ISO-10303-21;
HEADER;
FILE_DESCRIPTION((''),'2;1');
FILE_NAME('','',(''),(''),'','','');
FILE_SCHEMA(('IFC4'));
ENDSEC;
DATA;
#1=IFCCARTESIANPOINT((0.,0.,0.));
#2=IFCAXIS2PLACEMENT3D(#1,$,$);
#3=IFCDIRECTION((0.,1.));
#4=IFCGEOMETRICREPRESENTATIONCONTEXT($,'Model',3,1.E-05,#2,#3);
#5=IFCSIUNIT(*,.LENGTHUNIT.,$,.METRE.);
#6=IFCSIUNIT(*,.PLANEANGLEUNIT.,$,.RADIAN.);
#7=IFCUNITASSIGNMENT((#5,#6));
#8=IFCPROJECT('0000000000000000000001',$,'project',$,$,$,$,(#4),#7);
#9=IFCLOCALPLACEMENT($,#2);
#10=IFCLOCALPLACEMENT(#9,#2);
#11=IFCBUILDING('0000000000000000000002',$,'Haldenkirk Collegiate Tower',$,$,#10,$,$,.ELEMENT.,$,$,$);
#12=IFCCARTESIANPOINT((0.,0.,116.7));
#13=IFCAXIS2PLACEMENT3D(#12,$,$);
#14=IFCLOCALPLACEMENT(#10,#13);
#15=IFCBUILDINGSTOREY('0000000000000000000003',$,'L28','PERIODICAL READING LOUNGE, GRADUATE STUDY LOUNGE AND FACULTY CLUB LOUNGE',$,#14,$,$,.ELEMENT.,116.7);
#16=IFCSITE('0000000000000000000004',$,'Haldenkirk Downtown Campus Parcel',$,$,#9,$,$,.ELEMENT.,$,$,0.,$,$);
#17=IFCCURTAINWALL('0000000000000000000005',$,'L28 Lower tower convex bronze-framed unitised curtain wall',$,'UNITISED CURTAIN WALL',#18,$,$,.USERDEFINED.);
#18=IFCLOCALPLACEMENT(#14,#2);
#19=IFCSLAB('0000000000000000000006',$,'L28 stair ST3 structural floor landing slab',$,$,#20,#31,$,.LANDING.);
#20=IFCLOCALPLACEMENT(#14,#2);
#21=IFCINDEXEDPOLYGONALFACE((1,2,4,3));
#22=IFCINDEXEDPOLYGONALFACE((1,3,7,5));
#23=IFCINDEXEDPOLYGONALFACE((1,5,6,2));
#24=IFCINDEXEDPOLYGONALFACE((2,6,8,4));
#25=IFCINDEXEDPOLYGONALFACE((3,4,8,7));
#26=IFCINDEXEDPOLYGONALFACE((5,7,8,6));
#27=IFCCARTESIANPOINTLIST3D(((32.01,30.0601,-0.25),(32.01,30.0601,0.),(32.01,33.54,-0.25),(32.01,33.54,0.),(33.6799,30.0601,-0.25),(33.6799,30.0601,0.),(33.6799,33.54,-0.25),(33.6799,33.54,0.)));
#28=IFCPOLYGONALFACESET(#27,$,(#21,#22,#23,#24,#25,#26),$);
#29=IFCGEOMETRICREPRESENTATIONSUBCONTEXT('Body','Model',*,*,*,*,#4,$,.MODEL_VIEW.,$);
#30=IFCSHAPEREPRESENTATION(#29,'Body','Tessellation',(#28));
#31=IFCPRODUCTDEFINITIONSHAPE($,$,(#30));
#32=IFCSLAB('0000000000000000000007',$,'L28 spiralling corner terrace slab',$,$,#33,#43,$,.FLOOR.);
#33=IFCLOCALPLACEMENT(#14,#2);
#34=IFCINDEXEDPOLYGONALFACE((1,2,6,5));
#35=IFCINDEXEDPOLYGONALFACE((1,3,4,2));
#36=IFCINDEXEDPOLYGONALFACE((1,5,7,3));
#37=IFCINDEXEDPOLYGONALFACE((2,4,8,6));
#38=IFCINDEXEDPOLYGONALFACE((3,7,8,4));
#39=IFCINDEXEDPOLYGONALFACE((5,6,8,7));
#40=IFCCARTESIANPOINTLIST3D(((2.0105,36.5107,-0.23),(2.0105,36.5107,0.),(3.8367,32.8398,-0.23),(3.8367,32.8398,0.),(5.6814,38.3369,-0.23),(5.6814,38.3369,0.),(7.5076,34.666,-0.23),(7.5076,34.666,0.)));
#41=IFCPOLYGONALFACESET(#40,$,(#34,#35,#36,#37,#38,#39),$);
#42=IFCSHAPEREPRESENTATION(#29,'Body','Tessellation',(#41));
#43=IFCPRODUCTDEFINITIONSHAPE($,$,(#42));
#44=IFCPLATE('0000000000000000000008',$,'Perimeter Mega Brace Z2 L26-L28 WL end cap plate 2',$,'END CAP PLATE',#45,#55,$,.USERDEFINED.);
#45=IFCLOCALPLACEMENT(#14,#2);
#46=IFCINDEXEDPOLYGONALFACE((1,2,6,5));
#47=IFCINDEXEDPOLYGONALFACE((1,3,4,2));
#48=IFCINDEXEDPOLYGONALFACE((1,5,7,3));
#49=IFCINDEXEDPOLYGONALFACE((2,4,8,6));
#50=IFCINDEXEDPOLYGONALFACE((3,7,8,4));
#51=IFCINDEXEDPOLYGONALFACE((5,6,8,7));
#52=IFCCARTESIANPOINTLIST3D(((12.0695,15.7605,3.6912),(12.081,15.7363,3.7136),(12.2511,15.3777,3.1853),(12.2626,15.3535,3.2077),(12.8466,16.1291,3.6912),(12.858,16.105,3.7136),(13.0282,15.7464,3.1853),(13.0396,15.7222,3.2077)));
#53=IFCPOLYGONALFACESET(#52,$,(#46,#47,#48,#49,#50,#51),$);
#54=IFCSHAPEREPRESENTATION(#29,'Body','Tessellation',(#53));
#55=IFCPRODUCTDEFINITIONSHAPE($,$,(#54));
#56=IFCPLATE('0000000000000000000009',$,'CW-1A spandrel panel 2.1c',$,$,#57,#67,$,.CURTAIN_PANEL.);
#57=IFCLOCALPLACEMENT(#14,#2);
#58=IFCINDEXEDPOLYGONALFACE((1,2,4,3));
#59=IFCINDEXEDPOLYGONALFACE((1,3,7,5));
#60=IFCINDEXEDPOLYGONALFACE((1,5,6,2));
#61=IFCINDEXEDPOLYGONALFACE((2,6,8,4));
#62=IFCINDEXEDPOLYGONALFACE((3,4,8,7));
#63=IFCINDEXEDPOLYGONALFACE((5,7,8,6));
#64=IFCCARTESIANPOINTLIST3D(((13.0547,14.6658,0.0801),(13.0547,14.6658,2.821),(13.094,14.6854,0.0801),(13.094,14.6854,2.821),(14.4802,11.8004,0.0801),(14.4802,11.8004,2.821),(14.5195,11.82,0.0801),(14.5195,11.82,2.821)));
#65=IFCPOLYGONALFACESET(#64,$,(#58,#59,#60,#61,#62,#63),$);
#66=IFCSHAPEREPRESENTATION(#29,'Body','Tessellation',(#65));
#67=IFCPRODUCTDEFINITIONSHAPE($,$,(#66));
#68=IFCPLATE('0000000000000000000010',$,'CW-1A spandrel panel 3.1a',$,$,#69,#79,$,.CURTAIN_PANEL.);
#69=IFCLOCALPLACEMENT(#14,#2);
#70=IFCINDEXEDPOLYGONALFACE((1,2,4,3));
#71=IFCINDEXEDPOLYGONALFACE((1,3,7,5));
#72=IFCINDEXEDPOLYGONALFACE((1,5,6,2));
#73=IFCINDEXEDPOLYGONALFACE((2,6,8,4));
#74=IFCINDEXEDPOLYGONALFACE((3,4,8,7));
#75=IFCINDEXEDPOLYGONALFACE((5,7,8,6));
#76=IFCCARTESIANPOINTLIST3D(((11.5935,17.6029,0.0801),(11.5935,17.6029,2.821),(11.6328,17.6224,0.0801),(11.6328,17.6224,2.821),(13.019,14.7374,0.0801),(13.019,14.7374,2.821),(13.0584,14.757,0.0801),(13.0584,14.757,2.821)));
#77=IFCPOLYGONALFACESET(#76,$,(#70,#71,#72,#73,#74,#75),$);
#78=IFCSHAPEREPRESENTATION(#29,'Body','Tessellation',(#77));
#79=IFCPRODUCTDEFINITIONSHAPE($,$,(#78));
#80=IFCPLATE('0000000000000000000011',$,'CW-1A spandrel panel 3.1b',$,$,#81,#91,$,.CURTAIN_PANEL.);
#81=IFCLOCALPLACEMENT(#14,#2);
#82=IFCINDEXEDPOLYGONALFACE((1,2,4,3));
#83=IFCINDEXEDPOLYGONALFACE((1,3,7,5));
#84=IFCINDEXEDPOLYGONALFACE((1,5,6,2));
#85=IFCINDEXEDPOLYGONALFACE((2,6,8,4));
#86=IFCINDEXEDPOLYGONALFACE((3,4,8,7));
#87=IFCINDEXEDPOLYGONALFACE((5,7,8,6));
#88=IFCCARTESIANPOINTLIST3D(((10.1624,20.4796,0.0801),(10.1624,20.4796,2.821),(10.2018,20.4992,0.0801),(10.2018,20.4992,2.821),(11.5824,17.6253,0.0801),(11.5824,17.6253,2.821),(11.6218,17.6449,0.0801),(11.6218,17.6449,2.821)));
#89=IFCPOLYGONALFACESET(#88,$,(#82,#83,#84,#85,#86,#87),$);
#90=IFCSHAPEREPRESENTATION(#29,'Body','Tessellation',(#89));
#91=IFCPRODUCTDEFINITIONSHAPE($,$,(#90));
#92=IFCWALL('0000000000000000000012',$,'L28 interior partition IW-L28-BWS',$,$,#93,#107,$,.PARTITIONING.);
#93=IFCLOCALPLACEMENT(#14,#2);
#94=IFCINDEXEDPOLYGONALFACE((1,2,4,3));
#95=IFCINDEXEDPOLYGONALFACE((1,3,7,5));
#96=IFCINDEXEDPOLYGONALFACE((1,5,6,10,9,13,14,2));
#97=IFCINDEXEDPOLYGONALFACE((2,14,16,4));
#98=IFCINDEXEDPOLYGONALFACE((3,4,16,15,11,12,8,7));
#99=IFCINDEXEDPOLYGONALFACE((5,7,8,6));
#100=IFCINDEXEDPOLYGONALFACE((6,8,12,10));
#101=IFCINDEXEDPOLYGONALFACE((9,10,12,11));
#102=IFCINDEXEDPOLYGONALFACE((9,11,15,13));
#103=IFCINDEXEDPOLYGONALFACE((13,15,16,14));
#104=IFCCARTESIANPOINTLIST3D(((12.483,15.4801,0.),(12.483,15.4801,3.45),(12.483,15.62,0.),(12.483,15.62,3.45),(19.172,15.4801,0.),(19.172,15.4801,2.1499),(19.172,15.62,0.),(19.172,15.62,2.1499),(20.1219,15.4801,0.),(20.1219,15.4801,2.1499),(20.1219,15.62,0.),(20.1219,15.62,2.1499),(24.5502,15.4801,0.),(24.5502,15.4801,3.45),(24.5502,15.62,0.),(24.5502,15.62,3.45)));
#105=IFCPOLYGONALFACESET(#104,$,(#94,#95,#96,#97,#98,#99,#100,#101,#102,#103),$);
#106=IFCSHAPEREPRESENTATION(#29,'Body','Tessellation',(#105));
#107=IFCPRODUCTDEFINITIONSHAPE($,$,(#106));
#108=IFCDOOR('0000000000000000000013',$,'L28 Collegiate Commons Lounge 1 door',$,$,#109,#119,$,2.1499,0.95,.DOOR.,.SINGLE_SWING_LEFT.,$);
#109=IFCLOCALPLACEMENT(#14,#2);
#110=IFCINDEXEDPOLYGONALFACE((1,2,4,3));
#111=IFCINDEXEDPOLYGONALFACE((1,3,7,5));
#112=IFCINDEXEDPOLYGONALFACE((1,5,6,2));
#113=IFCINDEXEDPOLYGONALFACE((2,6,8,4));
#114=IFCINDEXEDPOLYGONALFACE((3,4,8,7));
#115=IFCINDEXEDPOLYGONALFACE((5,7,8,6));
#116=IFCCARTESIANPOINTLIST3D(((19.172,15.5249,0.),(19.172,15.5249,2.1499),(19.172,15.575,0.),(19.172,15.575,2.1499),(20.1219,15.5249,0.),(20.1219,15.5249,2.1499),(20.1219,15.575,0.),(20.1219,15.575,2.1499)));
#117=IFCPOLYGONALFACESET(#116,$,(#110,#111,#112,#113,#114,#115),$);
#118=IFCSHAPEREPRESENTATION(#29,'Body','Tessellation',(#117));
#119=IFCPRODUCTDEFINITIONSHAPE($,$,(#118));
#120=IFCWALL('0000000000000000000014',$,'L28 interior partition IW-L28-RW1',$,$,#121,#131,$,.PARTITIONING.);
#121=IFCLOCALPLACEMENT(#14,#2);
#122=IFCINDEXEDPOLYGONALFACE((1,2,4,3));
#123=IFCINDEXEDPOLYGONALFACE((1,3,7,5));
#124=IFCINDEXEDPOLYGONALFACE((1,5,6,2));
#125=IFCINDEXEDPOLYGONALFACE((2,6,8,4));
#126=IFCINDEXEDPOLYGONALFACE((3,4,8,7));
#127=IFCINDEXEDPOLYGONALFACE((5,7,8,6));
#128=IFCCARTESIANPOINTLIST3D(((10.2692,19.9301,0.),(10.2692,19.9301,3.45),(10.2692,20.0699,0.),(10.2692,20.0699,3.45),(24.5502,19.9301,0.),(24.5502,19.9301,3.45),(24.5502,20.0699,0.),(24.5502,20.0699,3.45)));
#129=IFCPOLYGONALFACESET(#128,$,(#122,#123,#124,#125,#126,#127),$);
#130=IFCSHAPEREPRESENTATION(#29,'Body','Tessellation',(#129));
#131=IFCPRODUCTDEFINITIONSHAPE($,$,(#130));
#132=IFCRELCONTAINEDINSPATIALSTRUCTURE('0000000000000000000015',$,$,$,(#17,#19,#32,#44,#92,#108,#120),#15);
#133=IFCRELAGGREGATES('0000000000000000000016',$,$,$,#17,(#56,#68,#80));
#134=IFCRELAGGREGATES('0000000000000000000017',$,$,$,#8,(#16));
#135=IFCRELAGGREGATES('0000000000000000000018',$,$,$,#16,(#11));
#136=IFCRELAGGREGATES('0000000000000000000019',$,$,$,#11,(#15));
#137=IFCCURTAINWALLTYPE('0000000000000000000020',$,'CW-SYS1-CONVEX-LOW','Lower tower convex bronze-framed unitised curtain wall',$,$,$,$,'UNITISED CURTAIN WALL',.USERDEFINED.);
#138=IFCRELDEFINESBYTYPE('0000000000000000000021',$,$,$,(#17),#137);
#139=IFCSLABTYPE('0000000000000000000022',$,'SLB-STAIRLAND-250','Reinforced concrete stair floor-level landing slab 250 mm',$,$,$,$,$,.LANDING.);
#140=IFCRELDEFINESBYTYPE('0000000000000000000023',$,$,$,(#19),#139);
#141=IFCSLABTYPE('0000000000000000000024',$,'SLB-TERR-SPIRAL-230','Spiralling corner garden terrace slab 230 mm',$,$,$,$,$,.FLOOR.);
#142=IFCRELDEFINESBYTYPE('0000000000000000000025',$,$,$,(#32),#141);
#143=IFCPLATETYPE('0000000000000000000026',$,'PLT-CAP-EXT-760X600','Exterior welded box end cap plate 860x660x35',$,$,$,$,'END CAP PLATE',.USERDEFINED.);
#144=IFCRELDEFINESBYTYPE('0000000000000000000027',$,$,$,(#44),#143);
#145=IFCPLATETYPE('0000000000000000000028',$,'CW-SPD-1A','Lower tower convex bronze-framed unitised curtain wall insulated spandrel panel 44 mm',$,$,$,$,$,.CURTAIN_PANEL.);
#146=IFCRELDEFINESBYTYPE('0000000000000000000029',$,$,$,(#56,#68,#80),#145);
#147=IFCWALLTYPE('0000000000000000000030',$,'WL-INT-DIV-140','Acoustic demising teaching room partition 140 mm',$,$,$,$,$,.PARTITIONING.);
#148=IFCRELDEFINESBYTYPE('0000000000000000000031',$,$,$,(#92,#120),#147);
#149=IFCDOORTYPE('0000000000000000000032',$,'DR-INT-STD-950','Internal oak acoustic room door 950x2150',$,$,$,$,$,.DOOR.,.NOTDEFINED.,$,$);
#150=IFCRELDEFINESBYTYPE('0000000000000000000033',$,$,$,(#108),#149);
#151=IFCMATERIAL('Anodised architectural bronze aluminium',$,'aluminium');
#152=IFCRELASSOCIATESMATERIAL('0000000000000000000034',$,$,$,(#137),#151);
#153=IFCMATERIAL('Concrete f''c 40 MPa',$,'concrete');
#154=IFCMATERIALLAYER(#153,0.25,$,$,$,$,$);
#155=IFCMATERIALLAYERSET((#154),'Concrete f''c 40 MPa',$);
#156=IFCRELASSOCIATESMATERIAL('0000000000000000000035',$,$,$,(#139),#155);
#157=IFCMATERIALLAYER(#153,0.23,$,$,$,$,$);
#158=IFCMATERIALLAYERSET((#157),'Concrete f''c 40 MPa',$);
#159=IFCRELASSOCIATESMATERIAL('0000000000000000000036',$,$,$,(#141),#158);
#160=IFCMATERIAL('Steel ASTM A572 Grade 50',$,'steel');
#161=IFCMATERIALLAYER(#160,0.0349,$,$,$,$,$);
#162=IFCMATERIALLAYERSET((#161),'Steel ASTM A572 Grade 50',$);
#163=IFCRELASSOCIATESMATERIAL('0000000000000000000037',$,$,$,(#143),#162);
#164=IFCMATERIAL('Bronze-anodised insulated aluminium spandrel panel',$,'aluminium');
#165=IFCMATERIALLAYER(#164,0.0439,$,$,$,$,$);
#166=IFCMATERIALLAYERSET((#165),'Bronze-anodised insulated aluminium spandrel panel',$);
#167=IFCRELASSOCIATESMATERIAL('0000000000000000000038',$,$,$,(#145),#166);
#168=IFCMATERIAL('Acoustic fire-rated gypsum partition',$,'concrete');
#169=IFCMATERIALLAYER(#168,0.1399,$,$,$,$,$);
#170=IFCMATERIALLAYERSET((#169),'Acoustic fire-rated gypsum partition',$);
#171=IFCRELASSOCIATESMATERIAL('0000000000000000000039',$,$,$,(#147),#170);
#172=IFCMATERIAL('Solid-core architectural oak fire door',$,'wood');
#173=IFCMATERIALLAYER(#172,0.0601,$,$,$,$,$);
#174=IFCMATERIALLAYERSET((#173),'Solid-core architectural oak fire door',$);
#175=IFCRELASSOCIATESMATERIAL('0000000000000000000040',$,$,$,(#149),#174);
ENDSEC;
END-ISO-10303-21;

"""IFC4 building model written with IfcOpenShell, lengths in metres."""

from ifc_helpers import new_model, si_unit, direction, frame, frame_2d, origin, origin_2d, place, context, subcontext, project, spatial, polyline, rectangle, outline, extrude, source, transform, mapped, material, layer, layer_set, type_object, element, fill, aggregate, save


model = new_model("IFC4")

# Units and contexts
model_context = context("Model", 3, precision=1e-05, world=origin(), true_north=direction((0.0, 1.0)))
body_context = subcontext(model_context, "Body", "Model", "MODEL_VIEW")
ifc_project = project(units=[si_unit("LENGTHUNIT", "METRE"), si_unit("PLANEANGLEUNIT", "RADIAN")], contexts=[model_context])

# Site, building, storey
site_placement = place(None, origin())
site = spatial("IfcSite", under=ifc_project, at=site_placement, Name="Haldenkirk Downtown Campus Parcel", CompositionType="ELEMENT", RefElevation=0.0)
building_placement = place(site_placement, origin())
building = spatial("IfcBuilding", under=site, at=building_placement, Name="Haldenkirk Collegiate Tower", CompositionType="ELEMENT")
storey_placement = place(building_placement, frame((0.0, 0.0, 116.7)))
storey = spatial("IfcBuildingStorey", under=building, at=storey_placement, Name="L28", Description="PERIODICAL READING LOUNGE, GRADUATE STUDY LOUNGE AND FACULTY CLUB LOUNGE", CompositionType="ELEMENT", Elevation=116.7)

# Curtain wall
ifc_material_1 = material(Name="Anodised architectural bronze aluminium", Category="aluminium")
curtain_wall_type = type_object("IfcCurtainWallType", Name="CW-SYS1-CONVEX-LOW", Description="Lower tower convex bronze-framed unitised curtain wall", ElementType="UNITISED CURTAIN WALL", PredefinedType="USERDEFINED", material=ifc_material_1)
curtain_wall_placement = place(storey_placement, origin())
curtain_wall = element("IfcCurtainWall", 1, at=curtain_wall_placement, inside=storey, type_object=curtain_wall_type, Name="L28 Lower tower convex bronze-framed unitised curtain wall", ObjectType="UNITISED CURTAIN WALL", PredefinedType="USERDEFINED")

# Shared definitions
ifc_material_2 = material(Name="Concrete f'c 40 MPa", Category="concrete")

# Slabs
ifc_layer_1 = layer(ifc_material_2, 0.25)
ifc_layer_set_1 = layer_set([ifc_layer_1], Name="Concrete f'c 40 MPa")
slab_type_1 = type_object("IfcSlabType", Name="SLB-STAIRLAND-250", Description="Reinforced concrete stair floor-level landing slab 250 mm", PredefinedType="LANDING", material=ifc_layer_set_1)
slab_1_placement = place(storey_placement, frame((0.0, 0.0, -0.25)))
element("IfcSlab", 2, at=slab_1_placement, inside=storey, type_object=slab_type_1, Name="L28 stair ST3 structural floor landing slab", PredefinedType="LANDING", context=body_context, shape_type="SweptSolid", body=[
    extrude(outline(polyline([(32.01, 30.0601), (33.6799, 30.0601), (33.6799, 33.54), (32.01, 33.54), (32.01, 30.0601)])), origin(), (0.0, 0.0, 1.0), 0.25),
])
ifc_layer_2 = layer(ifc_material_2, 0.23)
ifc_layer_set_2 = layer_set([ifc_layer_2], Name="Concrete f'c 40 MPa")
slab_type_2 = type_object("IfcSlabType", Name="SLB-TERR-SPIRAL-230", Description="Spiralling corner garden terrace slab 230 mm", PredefinedType="FLOOR", material=ifc_layer_set_2)
slab_2_placement = place(storey_placement, frame((0.0, 0.0, -0.23)))
element("IfcSlab", 3, at=slab_2_placement, inside=storey, type_object=slab_type_2, Name="L28 spiralling corner terrace slab", PredefinedType="FLOOR", context=body_context, shape_type="SweptSolid", body=[
    extrude(outline(polyline([(3.8367, 32.8398), (7.5076, 34.666), (5.6814, 38.3369), (2.0105, 36.5107), (3.8367, 32.8398)])), origin(), (0.0, 0.0, 1.0), 0.23),
])

# Plates
ifc_material_3 = material(Name="Steel ASTM A572 Grade 50", Category="steel")
ifc_layer_3 = layer(ifc_material_3, 0.0349)
ifc_layer_set_3 = layer_set([ifc_layer_3], Name="Steel ASTM A572 Grade 50")
plate_type_1 = type_object("IfcPlateType", Name="PLT-CAP-EXT-760X600", Description="Exterior welded box end cap plate 860x660x35", ElementType="END CAP PLATE", PredefinedType="USERDEFINED", material=ifc_layer_set_3)
shared_shape_1 = source(origin(), body_context, "Body", "SweptSolid", [
    extrude(rectangle(XDim=0.8601, YDim=0.6599, at=origin_2d()), origin(), (0.0, 0.0, 1.0), 0.0349),
])
plate_1_placement = place(storey_placement, frame((12.5488, 15.7534, 3.4382), z_axis=(0.32865, -0.692688, 0.642007), x_axis=(0.903468, 0.428656, 0.0)))
element("IfcPlate", 4, at=plate_1_placement, inside=storey, type_object=plate_type_1, Name="Perimeter Mega Brace Z2 L26-L28 WL end cap plate 2", ObjectType="END CAP PLATE", PredefinedType="USERDEFINED", context=body_context, shape_type="MappedRepresentation", body=[
    mapped(shared_shape_1, transform((0.0, 0.0, 0.0), x_axis=(1.0, 0.0, 0.0), y_axis=(0.0, 1.0, 0.0), z_axis=(0.0, 0.0, 1.0), scale=1.0)),
])
ifc_material_4 = material(Name="Bronze-anodised insulated aluminium spandrel panel", Category="aluminium")
ifc_layer_4 = layer(ifc_material_4, 0.0439)
ifc_layer_set_4 = layer_set([ifc_layer_4], Name="Bronze-anodised insulated aluminium spandrel panel")
plate_type_2 = type_object("IfcPlateType", Name="CW-SPD-1A", Description="Lower tower convex bronze-framed unitised curtain wall insulated spandrel panel 44 mm", PredefinedType="CURTAIN_PANEL", material=ifc_layer_set_4)
shared_shape_2 = source(origin(), body_context, "Body", "SweptSolid", [
    extrude(rectangle(XDim=3.2004, YDim=0.0439, at=origin_2d()), origin(), (0.0, 0.0, 1.0), 2.741),
])
plate_2_placement = place(storey_placement, frame((13.7871, 13.2429, 0.0801), z_axis=(0.0, 0.0, 1.0), x_axis=(-0.445415, 0.895324, 0.0)))
plate_2 = element("IfcPlate", 5, at=plate_2_placement, type_object=plate_type_2, Name="CW-1A spandrel panel 2.1c", PredefinedType="CURTAIN_PANEL", context=body_context, shape_type="MappedRepresentation", body=[
    mapped(shared_shape_2, transform((0.0, 0.0, 0.0), x_axis=(1.0, 0.0, 0.0), y_axis=(0.0, 1.0, 0.0), z_axis=(0.0, 0.0, 1.0), scale=1.0)),
])
plate_3_placement = place(storey_placement, frame((12.3259, 16.1799, 0.0801), z_axis=(0.0, 0.0, 1.0), x_axis=(-0.445415, 0.895324, 0.0)))
plate_3 = element("IfcPlate", 6, at=plate_3_placement, type_object=plate_type_2, Name="CW-1A spandrel panel 3.1a", PredefinedType="CURTAIN_PANEL", context=body_context, shape_type="MappedRepresentation", body=[
    mapped(shared_shape_2, transform((0.0, 0.0, 0.0), x_axis=(1.0, 0.0, 0.0), y_axis=(0.0, 1.0, 0.0), z_axis=(0.0, 0.0, 1.0), scale=1.0)),
])
shared_shape_3 = source(origin(), body_context, "Body", "SweptSolid", [
    extrude(rectangle(XDim=3.188, YDim=0.0439, at=origin_2d()), origin(), (0.0, 0.0, 1.0), 2.741),
])
plate_4_placement = place(storey_placement, frame((10.8921, 19.0623, 0.0801), z_axis=(0.0, 0.0, 1.0), x_axis=(-0.445415, 0.895324, 0.0)))
plate_4 = element("IfcPlate", 7, at=plate_4_placement, type_object=plate_type_2, Name="CW-1A spandrel panel 3.1b", PredefinedType="CURTAIN_PANEL", context=body_context, shape_type="MappedRepresentation", body=[
    mapped(shared_shape_3, transform((0.0, 0.0, 0.0), x_axis=(1.0, 0.0, 0.0), y_axis=(0.0, 1.0, 0.0), z_axis=(0.0, 0.0, 1.0), scale=1.0)),
])
aggregate(curtain_wall, [plate_2, plate_3, plate_4])

# Wall, opening, door
ifc_material_5 = material(Name="Acoustic fire-rated gypsum partition", Category="concrete")
ifc_layer_5 = layer(ifc_material_5, 0.1399)
ifc_layer_set_5 = layer_set([ifc_layer_5], Name="Acoustic fire-rated gypsum partition")
wall_type = type_object("IfcWallType", Name="WL-INT-DIV-140", Description="Acoustic demising teaching room partition 140 mm", PredefinedType="PARTITIONING", material=ifc_layer_set_5)
wall_1_placement = place(storey_placement, frame((12.4829, 15.55, 0.0), z_axis=(0.0, 0.0, 1.0), x_axis=(1.0, 0.0, 0.0)))
wall_1 = element("IfcWall", 8, at=wall_1_placement, inside=storey, type_object=wall_type, Name="L28 interior partition IW-L28-BWS", PredefinedType="PARTITIONING", context=body_context, shape_type="SweptSolid", body=[
    extrude(rectangle(XDim=12.0671, YDim=0.1399, at=frame_2d((6.0337, 0.0))), origin(), (0.0, 0.0, 1.0), 3.45),
])
opening_placement = place(wall_1_placement, frame((6.689, 0.0, 0.0)))
opening = element("IfcOpeningElement", 9, at=opening_placement, cuts=wall_1, PredefinedType="OPENING", context=body_context, shape_type="SweptSolid", body=[
    extrude(rectangle(XDim=0.95, YDim=2.1499, at=frame_2d((0.4751, 1.075))), frame((0.0, 0.0798, 0.0), z_axis=(0.0, -1.0, 0.0), x_axis=(1.0, 0.0, 0.0)), (0.0, 0.0, 1.0), 0.1599),
])
ifc_material_6 = material(Name="Solid-core architectural oak fire door", Category="wood")
ifc_layer_6 = layer(ifc_material_6, 0.0601)
ifc_layer_set_6 = layer_set([ifc_layer_6], Name="Solid-core architectural oak fire door")
door_type = type_object("IfcDoorType", Name="DR-INT-STD-950", Description="Internal oak acoustic room door 950x2150", OperationType="NOTDEFINED", PredefinedType="DOOR", material=ifc_layer_set_6)
door_placement = place(opening_placement, origin())
door = element("IfcDoor", 10, at=door_placement, inside=storey, type_object=door_type, Name="L28 Collegiate Commons Lounge 1 door", OperationType="SINGLE_SWING_LEFT", OverallHeight=2.1499, OverallWidth=0.95, PredefinedType="DOOR", context=body_context, shape_type="SweptSolid", body=[
    extrude(rectangle(XDim=0.95, YDim=2.1499, at=frame_2d((0.4751, 1.075))), frame((0.0, 0.0249, 0.0), z_axis=(0.0, -1.0, 0.0), x_axis=(1.0, 0.0, 0.0)), (0.0, 0.0, 1.0), 0.05),
])
fill(opening, door)

# Wall
wall_2_placement = place(storey_placement, frame((10.269, 20.0, 0.0), z_axis=(0.0, 0.0, 1.0), x_axis=(1.0, 0.0, 0.0)))
element("IfcWall", 11, at=wall_2_placement, inside=storey, type_object=wall_type, Name="L28 interior partition IW-L28-RW1", PredefinedType="PARTITIONING", context=body_context, shape_type="SweptSolid", body=[
    extrude(rectangle(XDim=14.281, YDim=0.1399, at=frame_2d((7.1406, 0.0))), origin(), (0.0, 0.0, 1.0), 3.45),
])

save(model, "model.ifc")
